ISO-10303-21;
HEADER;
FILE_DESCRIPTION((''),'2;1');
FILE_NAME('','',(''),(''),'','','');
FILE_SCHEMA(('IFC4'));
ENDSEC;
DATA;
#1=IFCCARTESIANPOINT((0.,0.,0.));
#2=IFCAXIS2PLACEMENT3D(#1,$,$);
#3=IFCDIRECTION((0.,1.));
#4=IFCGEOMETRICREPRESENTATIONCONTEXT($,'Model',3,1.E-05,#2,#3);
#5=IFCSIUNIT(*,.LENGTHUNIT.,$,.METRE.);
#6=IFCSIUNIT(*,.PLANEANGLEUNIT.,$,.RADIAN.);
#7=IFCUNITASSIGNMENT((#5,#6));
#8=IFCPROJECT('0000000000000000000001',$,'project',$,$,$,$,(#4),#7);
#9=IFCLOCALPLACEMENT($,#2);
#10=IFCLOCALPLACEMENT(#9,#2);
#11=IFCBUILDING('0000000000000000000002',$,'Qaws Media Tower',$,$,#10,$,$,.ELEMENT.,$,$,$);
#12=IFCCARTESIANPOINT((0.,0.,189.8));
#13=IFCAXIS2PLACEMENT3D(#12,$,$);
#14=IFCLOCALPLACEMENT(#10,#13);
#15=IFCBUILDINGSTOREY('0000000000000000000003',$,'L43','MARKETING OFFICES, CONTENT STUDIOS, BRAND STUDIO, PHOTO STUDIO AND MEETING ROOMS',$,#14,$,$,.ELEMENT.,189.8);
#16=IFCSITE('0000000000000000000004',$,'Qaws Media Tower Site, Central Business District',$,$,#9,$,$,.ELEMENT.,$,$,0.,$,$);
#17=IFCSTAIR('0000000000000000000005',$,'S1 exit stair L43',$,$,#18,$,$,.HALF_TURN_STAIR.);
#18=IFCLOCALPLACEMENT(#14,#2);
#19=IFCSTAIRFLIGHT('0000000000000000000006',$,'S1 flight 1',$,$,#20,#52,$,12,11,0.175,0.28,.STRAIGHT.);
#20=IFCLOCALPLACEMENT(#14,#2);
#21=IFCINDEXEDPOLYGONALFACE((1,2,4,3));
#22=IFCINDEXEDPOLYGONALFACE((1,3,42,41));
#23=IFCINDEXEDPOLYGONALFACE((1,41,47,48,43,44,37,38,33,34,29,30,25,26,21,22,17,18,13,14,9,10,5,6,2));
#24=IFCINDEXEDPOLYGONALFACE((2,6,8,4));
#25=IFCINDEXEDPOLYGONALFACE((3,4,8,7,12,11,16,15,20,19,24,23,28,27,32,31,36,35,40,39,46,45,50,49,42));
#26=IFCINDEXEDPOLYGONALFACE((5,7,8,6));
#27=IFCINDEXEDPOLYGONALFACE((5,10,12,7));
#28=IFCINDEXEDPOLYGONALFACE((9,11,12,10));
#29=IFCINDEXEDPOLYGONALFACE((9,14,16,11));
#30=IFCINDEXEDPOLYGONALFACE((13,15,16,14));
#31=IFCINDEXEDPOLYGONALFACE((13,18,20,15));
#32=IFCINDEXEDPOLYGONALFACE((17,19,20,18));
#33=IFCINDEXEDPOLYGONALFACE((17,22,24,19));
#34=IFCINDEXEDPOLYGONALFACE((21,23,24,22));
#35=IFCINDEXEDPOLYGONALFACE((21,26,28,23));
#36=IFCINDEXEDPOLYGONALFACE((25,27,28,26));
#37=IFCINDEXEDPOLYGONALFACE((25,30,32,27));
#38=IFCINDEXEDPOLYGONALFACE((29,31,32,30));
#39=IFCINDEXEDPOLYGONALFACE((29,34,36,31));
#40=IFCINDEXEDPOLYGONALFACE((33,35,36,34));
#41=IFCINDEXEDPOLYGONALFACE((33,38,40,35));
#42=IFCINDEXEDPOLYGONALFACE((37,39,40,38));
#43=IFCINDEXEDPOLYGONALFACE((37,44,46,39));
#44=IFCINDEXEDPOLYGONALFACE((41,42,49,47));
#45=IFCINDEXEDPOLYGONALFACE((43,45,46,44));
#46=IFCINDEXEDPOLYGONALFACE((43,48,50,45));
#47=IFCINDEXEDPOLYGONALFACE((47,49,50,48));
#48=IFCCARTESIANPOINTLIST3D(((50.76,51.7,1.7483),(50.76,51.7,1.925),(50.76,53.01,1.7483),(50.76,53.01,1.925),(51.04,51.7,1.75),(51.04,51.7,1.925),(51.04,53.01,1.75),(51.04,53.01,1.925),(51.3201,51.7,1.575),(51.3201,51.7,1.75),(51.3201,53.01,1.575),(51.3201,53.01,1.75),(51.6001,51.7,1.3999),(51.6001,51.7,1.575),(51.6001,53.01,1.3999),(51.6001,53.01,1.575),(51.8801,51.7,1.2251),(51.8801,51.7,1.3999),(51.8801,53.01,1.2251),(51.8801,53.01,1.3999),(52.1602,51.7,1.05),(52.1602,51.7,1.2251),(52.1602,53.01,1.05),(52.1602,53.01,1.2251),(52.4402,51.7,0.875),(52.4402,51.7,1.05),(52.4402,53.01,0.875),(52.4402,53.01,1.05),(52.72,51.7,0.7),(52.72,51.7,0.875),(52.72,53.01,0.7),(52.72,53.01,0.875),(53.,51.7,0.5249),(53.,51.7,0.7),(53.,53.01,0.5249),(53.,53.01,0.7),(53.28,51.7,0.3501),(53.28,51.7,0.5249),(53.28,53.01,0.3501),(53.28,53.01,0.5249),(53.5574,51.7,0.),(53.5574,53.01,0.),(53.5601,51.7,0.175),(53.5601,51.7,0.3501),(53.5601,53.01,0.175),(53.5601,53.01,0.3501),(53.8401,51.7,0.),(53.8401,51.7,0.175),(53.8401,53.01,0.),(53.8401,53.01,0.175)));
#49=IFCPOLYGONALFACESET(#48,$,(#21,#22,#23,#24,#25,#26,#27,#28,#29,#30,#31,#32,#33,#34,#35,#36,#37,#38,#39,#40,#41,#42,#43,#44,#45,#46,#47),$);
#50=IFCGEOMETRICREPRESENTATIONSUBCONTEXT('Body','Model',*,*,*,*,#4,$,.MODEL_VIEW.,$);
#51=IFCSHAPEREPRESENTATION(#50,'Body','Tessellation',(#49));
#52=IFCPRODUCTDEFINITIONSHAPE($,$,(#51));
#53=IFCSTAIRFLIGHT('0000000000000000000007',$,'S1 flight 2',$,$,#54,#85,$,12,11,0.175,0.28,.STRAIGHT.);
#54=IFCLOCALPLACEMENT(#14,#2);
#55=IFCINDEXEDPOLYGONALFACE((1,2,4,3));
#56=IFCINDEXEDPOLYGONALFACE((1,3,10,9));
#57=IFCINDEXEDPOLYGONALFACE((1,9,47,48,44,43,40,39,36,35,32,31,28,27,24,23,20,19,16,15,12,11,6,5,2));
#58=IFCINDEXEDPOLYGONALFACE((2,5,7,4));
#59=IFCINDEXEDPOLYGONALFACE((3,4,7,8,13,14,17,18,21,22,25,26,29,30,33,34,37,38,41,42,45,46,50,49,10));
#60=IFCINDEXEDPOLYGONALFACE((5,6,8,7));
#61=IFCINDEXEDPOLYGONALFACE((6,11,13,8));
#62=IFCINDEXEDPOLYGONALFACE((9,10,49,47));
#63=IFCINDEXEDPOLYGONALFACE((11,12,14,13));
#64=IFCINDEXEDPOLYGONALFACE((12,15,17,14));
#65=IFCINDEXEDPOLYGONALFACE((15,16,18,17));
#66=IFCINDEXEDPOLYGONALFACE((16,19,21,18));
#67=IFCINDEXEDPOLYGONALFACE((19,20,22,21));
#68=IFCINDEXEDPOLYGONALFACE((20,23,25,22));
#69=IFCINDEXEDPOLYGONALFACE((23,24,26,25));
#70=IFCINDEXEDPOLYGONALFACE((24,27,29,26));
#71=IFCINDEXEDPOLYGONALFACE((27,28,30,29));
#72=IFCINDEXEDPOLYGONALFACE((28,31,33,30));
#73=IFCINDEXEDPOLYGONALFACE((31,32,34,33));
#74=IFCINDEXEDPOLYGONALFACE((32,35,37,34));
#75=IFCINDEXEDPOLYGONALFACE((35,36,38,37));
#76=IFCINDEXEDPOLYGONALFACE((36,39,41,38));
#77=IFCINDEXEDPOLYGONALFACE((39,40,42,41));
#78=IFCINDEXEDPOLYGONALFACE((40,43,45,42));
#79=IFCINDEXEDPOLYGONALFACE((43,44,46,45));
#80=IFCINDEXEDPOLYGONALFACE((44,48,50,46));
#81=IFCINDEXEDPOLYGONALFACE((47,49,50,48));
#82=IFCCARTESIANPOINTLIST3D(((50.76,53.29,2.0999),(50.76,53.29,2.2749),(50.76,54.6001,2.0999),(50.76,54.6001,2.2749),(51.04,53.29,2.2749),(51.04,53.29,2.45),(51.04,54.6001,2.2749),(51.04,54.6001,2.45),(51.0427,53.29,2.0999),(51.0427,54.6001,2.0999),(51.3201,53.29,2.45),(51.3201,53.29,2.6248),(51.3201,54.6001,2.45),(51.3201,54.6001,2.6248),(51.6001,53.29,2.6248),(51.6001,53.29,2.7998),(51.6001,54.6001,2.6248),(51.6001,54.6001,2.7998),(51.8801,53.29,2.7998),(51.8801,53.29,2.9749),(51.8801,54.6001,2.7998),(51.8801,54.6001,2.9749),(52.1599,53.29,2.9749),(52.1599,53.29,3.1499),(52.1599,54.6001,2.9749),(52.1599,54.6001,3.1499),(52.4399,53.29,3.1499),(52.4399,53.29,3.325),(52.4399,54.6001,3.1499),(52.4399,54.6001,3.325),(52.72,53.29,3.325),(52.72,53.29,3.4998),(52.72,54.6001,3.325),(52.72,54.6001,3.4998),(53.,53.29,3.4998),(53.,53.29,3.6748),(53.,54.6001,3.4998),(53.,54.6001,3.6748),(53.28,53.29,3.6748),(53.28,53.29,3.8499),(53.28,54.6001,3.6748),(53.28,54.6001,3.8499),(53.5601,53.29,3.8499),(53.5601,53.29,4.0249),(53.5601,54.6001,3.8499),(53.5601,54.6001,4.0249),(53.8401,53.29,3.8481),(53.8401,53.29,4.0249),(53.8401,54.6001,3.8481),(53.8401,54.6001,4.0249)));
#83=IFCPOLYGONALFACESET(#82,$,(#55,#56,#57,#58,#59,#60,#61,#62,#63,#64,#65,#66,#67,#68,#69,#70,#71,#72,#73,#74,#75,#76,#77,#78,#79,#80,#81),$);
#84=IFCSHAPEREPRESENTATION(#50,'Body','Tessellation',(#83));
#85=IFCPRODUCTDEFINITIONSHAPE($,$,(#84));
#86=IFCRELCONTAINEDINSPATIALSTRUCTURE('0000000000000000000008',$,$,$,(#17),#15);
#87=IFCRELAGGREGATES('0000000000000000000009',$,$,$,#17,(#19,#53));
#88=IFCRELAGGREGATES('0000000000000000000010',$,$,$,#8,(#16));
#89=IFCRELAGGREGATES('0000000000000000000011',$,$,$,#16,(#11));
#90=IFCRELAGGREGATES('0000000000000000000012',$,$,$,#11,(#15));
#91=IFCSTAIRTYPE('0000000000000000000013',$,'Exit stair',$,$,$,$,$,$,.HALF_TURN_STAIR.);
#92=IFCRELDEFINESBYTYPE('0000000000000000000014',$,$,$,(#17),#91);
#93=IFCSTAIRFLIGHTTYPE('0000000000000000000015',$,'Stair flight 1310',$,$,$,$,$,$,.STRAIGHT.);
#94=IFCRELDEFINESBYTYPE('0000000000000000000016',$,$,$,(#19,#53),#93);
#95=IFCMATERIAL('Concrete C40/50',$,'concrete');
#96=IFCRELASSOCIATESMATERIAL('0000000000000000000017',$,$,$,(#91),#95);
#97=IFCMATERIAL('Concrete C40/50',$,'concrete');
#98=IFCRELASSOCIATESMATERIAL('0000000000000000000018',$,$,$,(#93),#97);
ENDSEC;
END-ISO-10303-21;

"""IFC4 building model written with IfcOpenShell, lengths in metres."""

from ifc_helpers import new_model, si_unit, direction, frame, origin, place, context, subcontext, project, spatial, polyline, outline, extrude, material, type_object, element, aggregate, save


model = new_model("IFC4")

# Units and contexts
model_context = context("Model", 3, precision=1e-05, world=origin(), true_north=direction((0.0, 1.0)))
body_context = subcontext(model_context, "Body", "Model", "MODEL_VIEW")
ifc_project = project(units=[si_unit("LENGTHUNIT", "METRE"), si_unit("PLANEANGLEUNIT", "RADIAN")], contexts=[model_context])

# Site, building, storey
site_placement = place(None, origin())
site = spatial("IfcSite", under=ifc_project, at=site_placement, Name="Qaws Media Tower Site, Central Business District", CompositionType="ELEMENT", RefElevation=0.0)
building_placement = place(site_placement, origin())
building = spatial("IfcBuilding", under=site, at=building_placement, Name="Qaws Media Tower", CompositionType="ELEMENT")
storey_placement = place(building_placement, frame((0.0, 0.0, 189.8)))
storey = spatial("IfcBuildingStorey", under=building, at=storey_placement, Name="L43", Description="MARKETING OFFICES, CONTENT STUDIOS, BRAND STUDIO, PHOTO STUDIO AND MEETING ROOMS", CompositionType="ELEMENT", Elevation=189.8)

# Stair, stair flights
ifc_material_1 = material(Name="Concrete C40/50", Category="concrete")
stair_type = type_object("IfcStairType", Name="Exit stair", PredefinedType="HALF_TURN_STAIR", material=ifc_material_1)
stair_placement = place(storey_placement, origin())
stair = element("IfcStair", 1, at=stair_placement, inside=storey, type_object=stair_type, Name="S1 exit stair L43", PredefinedType="HALF_TURN_STAIR")
ifc_material_2 = material(Name="Concrete C40/50", Category="concrete")
stair_flight_type = type_object("IfcStairFlightType", Name="Stair flight 1310", PredefinedType="STRAIGHT", material=ifc_material_2)
stair_flight_1_placement = place(storey_placement, frame((53.8401, 52.355, 0.0), z_axis=(0.0, 0.0, 1.0), x_axis=(-1.0, 0.0, 0.0)))
stair_flight_1 = element("IfcStairFlight", 2, at=stair_flight_1_placement, type_object=stair_flight_type, Name="S1 flight 1", NumberOfRisers=12, NumberOfTreads=11, PredefinedType="STRAIGHT", RiserHeight=0.175, TreadLength=0.28, context=body_context, shape_type="SweptSolid", body=[
    extrude(outline(polyline([(0.0, 0.0), (0.0, 0.175), (0.28, 0.175), (0.28, 0.3501), (0.5601, 0.3501), (0.5601, 0.5249), (0.8401, 0.5249), (0.8401, 0.7), (1.1201, 0.7), (1.1201, 0.875), (1.3999, 0.875), (1.3999, 1.05), (1.6799, 1.05), (1.6799, 1.2251), (1.96, 1.2251), (1.96, 1.3999), (2.24, 1.3999), (2.24, 1.575), (2.52, 1.575), (2.52, 1.75), (2.8, 1.75), (2.8, 1.925), (3.0801, 1.925), (3.0801, 2.1001), (3.0801, 1.7483), (0.2827, 0.0), (0.0, 0.0)])), frame((0.0, 0.655, 0.0), z_axis=(0.0, -1.0, 0.0), x_axis=(1.0, 0.0, 0.0)), (0.0, 0.0, 1.0), 1.3101),
])
stair_flight_2_placement = place(storey_placement, frame((50.76, 53.9451, 2.0999), z_axis=(0.0, 0.0, 1.0), x_axis=(1.0, 0.0, 0.0)))
stair_flight_2 = element("IfcStairFlight", 3, at=stair_flight_2_placement, type_object=stair_flight_type, Name="S1 flight 2", NumberOfRisers=12, NumberOfTreads=11, PredefinedType="STRAIGHT", RiserHeight=0.175, TreadLength=0.28, context=body_context, shape_type="SweptSolid", body=[
    extrude(outline(polyline([(0.0, 0.0), (0.0, 0.175), (0.28, 0.175), (0.28, 0.3501), (0.5601, 0.3501), (0.5601, 0.5249), (0.8401, 0.5249), (0.8401, 0.7), (1.1201, 0.7), (1.1201, 0.875), (1.3999, 0.875), (1.3999, 1.05), (1.6799, 1.05), (1.6799, 1.2251), (1.96, 1.2251), (1.96, 1.3999), (2.24, 1.3999), (2.24, 1.575), (2.52, 1.575), (2.52, 1.75), (2.8, 1.75), (2.8, 1.925), (3.0801, 1.925), (3.0801, 2.1001), (3.0801, 1.7483), (0.2827, 0.0), (0.0, 0.0)])), frame((0.0, 0.655, 0.0), z_axis=(0.0, -1.0, 0.0), x_axis=(1.0, 0.0, 0.0)), (0.0, 0.0, 1.0), 1.3101),
])
aggregate(stair, [stair_flight_1, stair_flight_2])

save(model, "model.ifc")
